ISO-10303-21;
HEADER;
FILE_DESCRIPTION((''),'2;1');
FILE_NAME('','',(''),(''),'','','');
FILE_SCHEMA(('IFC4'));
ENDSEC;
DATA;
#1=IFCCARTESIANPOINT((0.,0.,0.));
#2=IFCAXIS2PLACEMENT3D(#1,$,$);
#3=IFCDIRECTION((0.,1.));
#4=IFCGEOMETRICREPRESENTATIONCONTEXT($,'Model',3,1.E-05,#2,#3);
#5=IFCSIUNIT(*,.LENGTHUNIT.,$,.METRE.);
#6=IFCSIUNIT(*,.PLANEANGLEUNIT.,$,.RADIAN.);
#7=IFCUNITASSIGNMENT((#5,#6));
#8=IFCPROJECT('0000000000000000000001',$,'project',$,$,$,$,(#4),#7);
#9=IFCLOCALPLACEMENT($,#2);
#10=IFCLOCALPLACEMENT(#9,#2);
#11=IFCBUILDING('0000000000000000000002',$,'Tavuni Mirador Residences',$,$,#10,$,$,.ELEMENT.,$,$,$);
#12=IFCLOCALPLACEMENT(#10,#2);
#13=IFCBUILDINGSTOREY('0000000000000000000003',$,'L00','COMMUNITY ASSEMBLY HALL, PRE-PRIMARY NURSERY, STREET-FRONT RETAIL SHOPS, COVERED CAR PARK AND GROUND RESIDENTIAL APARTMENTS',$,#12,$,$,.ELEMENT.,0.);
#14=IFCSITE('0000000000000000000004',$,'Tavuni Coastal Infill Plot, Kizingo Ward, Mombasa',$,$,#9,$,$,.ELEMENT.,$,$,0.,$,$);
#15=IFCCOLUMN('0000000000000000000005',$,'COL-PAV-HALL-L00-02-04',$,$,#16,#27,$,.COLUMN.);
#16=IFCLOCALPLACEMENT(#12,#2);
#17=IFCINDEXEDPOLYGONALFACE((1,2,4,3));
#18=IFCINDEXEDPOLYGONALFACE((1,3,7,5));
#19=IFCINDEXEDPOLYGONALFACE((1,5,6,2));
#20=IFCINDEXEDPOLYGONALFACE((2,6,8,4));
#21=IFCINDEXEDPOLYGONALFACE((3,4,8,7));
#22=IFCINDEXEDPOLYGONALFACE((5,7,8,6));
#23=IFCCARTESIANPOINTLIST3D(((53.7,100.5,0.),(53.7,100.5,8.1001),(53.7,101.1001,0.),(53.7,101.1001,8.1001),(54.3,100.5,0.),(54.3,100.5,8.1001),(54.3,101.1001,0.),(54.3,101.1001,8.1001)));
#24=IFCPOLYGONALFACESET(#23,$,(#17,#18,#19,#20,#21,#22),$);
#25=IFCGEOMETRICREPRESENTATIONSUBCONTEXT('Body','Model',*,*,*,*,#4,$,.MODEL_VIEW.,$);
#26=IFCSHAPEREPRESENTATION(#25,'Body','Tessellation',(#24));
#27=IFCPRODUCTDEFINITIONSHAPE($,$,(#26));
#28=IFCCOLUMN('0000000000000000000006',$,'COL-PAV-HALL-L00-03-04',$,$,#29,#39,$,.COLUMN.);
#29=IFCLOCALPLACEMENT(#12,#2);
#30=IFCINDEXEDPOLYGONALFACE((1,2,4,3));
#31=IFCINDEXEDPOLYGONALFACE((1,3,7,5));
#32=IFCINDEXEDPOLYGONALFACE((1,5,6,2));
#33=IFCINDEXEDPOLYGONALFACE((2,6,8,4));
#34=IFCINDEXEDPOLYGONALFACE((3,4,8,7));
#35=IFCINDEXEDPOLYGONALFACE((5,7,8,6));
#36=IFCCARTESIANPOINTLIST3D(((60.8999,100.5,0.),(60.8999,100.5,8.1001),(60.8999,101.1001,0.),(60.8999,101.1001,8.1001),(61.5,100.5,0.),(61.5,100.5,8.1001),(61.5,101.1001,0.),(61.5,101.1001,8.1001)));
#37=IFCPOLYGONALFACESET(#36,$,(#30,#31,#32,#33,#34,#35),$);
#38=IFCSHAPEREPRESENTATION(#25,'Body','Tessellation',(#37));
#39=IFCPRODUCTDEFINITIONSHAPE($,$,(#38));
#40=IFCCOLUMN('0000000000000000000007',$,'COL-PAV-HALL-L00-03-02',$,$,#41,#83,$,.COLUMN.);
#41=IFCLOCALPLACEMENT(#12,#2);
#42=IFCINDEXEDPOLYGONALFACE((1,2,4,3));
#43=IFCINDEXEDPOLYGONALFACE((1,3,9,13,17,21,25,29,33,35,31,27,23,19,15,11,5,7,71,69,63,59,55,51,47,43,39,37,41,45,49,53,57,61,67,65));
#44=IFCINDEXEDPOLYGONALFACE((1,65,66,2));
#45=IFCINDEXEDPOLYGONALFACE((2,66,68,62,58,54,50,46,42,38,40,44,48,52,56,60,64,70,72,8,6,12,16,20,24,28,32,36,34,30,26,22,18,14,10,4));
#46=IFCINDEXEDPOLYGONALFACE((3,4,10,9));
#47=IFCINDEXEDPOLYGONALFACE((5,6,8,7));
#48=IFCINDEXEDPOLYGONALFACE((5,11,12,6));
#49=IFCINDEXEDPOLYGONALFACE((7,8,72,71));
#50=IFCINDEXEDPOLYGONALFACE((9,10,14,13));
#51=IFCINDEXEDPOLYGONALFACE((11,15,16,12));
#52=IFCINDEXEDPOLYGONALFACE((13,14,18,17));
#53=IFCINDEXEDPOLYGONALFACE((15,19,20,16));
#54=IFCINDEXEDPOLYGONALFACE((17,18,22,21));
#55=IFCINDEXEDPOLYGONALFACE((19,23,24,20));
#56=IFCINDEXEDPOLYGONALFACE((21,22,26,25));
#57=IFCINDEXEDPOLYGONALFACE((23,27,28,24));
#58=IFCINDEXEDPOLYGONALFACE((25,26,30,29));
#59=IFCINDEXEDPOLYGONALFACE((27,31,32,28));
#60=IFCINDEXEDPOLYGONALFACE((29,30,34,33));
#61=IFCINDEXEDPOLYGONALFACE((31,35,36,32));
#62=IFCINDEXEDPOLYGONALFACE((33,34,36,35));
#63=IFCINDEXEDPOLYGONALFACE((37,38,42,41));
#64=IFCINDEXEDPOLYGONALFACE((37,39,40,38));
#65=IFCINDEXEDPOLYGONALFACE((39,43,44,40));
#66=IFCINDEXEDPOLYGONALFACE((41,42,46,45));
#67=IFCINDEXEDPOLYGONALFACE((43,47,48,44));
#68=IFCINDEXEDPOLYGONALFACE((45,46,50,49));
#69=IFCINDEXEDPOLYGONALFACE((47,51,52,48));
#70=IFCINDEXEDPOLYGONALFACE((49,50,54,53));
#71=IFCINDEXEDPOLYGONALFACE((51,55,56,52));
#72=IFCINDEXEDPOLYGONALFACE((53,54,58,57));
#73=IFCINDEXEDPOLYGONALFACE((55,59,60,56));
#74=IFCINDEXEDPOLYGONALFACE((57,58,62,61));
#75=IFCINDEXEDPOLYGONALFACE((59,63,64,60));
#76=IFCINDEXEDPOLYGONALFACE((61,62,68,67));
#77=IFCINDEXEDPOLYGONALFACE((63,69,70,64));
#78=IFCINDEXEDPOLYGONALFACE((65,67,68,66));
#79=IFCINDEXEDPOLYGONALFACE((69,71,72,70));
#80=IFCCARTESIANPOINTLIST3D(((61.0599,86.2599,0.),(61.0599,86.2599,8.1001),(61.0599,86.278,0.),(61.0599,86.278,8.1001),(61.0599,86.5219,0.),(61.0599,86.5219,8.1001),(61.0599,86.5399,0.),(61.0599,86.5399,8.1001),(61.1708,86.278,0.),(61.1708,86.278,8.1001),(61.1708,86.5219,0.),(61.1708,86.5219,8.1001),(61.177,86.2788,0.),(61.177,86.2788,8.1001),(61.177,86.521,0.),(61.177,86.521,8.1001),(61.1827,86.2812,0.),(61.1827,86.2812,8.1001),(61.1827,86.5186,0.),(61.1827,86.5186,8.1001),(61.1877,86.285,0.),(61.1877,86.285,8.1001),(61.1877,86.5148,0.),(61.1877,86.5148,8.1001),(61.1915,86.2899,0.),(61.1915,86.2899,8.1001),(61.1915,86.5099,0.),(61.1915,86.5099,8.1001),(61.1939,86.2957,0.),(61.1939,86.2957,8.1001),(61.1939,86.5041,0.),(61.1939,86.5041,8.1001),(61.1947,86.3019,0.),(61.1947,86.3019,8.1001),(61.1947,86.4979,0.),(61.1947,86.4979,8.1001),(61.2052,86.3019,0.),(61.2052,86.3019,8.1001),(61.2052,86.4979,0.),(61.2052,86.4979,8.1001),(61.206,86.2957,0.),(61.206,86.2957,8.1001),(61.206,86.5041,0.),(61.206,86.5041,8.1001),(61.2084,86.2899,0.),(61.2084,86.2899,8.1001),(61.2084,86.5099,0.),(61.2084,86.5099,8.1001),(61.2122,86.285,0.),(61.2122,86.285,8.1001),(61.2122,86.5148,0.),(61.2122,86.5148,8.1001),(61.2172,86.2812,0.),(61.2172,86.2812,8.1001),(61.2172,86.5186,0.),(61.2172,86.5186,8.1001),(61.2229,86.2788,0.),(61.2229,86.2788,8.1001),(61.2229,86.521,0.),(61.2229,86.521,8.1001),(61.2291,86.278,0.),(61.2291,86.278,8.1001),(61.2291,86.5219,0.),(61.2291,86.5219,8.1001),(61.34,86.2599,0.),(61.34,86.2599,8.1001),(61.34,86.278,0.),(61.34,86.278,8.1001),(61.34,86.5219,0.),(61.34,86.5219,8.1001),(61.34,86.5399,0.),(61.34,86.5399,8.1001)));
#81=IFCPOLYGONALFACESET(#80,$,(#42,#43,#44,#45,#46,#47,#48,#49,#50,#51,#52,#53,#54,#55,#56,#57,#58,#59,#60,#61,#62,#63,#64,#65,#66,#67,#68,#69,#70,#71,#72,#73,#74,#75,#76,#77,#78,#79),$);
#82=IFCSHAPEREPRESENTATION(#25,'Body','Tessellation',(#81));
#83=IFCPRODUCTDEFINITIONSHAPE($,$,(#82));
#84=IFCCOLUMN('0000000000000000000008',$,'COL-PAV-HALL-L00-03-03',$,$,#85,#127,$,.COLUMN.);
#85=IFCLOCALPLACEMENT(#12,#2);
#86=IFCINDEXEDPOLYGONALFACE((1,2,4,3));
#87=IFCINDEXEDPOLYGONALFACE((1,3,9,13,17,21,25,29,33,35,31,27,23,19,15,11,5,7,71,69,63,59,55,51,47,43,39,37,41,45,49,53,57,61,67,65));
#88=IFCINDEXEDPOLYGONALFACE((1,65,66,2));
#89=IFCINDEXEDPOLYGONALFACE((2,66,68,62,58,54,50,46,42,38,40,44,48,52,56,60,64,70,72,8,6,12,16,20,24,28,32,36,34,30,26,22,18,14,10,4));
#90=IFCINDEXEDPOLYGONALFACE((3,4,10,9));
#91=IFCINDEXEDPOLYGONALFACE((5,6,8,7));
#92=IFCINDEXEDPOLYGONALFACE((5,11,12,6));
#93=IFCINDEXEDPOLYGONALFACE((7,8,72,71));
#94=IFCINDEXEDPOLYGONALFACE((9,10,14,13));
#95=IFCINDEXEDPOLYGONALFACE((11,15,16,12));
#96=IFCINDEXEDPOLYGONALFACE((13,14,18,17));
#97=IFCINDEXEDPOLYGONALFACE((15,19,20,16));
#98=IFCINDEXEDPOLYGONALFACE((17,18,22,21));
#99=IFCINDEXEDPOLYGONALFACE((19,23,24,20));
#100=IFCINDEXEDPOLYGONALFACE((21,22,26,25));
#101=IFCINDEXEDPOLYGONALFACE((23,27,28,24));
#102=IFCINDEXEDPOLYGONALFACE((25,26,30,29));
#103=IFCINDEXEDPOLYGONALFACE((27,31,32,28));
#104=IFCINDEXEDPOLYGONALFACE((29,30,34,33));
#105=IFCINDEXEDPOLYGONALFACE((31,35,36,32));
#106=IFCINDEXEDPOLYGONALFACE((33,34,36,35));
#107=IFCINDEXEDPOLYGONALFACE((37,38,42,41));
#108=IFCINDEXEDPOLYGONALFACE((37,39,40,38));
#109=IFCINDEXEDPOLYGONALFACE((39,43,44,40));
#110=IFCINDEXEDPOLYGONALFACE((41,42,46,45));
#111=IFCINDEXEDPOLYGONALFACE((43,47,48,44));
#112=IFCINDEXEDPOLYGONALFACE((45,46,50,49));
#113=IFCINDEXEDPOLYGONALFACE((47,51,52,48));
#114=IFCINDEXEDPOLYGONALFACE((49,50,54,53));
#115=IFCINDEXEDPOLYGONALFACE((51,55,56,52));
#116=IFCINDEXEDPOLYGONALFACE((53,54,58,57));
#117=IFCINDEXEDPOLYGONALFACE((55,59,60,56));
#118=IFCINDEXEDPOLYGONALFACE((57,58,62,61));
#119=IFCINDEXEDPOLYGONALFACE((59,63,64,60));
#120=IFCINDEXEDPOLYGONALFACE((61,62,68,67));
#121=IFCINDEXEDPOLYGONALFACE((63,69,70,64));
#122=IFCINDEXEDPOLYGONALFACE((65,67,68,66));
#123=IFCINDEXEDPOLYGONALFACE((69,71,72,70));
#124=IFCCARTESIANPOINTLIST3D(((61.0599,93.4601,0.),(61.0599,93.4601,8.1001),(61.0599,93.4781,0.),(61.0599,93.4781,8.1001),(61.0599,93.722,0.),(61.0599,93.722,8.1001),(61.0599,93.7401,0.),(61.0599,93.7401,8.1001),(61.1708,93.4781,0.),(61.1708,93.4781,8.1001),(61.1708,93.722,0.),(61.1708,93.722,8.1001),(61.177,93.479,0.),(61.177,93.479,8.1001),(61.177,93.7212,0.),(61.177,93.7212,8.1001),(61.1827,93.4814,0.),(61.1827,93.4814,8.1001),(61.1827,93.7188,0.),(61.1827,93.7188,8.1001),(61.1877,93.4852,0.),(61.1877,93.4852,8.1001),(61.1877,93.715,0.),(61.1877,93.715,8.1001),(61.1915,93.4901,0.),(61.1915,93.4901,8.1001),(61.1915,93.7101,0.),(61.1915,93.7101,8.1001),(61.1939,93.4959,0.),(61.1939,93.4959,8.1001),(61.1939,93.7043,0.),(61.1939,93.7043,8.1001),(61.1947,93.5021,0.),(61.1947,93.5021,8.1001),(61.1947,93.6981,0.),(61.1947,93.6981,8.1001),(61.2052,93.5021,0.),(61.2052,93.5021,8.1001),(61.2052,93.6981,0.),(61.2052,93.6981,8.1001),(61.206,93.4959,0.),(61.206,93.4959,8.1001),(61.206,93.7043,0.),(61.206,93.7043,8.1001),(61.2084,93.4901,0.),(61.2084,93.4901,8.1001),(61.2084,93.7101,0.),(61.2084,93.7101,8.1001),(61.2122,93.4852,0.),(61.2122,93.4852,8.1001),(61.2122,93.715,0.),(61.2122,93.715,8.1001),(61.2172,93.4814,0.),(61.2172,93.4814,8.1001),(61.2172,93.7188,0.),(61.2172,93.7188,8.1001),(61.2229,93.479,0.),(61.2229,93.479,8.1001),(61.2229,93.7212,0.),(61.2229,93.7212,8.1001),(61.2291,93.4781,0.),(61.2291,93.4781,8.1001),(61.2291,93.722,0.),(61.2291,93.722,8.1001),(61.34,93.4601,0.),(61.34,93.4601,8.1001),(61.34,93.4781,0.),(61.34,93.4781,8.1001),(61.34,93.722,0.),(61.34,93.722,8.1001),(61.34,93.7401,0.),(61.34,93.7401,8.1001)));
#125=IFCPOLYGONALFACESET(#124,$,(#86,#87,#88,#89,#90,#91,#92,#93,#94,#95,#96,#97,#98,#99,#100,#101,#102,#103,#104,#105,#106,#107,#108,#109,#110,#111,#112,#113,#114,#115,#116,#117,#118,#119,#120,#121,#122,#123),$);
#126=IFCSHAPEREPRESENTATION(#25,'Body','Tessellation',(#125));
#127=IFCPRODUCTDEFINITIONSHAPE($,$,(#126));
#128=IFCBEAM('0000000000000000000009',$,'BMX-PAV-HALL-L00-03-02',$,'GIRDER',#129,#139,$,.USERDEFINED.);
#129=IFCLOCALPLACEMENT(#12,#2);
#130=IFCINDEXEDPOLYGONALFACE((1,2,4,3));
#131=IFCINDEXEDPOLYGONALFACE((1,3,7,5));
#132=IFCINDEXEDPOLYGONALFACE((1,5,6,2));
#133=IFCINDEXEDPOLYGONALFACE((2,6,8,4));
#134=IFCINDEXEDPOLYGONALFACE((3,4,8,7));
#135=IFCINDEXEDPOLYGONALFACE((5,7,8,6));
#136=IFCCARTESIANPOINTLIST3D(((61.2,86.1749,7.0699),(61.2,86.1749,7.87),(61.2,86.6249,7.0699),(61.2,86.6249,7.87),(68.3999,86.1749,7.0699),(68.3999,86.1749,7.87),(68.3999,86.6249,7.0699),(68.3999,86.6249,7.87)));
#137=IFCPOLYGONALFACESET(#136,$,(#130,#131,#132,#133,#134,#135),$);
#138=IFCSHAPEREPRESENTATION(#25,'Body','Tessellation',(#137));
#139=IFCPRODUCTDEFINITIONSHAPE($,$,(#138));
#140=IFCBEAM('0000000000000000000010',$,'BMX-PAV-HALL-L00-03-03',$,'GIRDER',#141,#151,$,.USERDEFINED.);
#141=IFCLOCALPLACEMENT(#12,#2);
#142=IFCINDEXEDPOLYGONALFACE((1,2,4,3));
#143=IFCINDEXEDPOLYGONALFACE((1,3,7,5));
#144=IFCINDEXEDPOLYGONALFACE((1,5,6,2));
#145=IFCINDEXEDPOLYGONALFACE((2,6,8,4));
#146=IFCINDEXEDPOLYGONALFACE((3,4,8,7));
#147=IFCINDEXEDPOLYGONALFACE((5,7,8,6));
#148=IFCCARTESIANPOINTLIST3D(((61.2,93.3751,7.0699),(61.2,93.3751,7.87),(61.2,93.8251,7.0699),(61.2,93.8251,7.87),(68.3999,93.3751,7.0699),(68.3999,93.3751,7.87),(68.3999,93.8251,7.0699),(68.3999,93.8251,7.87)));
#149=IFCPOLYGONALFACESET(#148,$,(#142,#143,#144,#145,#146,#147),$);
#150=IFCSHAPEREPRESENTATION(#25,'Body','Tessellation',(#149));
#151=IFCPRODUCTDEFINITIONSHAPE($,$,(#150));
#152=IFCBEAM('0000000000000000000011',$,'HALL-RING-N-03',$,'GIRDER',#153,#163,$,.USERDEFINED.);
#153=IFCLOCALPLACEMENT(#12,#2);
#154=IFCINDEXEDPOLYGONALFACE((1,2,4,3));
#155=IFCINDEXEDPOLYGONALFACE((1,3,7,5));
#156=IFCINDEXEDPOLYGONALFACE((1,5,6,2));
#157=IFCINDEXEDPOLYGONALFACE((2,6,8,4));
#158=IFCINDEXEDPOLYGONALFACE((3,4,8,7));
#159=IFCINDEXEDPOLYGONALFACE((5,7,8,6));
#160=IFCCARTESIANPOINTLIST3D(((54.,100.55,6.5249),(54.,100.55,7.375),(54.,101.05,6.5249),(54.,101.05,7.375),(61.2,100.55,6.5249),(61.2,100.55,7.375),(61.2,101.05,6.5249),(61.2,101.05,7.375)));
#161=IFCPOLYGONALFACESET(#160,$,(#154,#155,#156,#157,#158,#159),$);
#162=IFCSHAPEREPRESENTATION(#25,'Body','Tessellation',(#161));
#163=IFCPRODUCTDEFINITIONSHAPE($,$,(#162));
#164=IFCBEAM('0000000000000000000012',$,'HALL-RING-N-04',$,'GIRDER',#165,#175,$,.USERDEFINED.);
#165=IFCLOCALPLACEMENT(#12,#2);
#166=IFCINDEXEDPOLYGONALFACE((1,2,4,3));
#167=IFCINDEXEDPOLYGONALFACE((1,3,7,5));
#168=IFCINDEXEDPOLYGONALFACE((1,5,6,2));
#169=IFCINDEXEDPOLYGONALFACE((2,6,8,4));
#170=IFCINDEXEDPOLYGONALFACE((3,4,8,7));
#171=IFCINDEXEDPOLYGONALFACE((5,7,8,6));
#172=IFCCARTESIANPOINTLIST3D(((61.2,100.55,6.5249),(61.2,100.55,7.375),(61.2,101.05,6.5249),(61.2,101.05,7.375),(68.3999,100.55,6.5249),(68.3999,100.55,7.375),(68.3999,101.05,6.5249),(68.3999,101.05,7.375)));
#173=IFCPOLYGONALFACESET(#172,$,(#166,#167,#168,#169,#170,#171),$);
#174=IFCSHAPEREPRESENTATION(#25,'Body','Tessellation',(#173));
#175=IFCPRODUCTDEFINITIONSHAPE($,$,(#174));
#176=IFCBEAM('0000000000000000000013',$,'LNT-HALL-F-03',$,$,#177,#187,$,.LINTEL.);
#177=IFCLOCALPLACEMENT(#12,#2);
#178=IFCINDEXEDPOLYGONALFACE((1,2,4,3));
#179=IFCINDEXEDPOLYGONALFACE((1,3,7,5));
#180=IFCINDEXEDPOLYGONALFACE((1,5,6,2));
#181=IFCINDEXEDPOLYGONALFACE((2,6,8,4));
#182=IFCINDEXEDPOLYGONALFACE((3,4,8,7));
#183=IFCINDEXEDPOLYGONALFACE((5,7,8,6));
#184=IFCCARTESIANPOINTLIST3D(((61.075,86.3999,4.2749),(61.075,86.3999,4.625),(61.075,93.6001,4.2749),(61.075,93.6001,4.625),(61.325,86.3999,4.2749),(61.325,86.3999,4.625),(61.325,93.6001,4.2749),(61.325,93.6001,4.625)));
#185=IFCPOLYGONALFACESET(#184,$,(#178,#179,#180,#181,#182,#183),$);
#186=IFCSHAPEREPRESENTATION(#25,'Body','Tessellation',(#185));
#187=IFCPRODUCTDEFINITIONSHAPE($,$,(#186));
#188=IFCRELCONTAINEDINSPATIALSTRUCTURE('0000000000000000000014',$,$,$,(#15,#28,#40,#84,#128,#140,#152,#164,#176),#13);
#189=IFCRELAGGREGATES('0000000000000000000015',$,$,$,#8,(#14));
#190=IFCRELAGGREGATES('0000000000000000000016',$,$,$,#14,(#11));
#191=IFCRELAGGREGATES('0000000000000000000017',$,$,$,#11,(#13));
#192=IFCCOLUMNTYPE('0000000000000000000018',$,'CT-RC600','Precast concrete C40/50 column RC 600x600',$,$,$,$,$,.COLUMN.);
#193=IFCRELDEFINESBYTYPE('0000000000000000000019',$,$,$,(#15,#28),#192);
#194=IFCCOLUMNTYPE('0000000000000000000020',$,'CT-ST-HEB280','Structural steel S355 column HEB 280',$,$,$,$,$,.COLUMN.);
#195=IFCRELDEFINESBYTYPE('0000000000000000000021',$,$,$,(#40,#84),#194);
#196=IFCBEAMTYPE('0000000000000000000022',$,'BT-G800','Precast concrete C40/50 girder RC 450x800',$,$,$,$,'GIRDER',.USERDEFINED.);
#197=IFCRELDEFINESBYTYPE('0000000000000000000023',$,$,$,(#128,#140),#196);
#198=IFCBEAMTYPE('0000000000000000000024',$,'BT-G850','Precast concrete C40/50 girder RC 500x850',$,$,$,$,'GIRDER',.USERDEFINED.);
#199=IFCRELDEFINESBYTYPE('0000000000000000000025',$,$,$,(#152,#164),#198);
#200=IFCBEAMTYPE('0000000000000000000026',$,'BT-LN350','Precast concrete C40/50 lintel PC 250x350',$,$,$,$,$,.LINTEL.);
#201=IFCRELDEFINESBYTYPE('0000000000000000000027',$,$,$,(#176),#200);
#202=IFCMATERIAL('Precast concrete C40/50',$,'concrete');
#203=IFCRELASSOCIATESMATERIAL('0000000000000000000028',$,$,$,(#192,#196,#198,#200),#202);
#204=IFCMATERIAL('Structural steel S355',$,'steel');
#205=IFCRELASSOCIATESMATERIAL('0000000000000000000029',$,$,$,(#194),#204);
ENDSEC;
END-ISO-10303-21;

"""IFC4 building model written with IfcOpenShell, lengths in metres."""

from ifc_helpers import new_model, si_unit, direction, frame, origin, origin_2d, place, context, subcontext, project, spatial, rectangle, i_section, extrude, material, material_profile, profile_set, type_object, element, save


model = new_model("IFC4")

# Units and contexts
model_context = context("Model", 3, precision=1e-05, world=origin(), true_north=direction((0.0, 1.0)))
body_context = subcontext(model_context, "Body", "Model", "MODEL_VIEW")
ifc_project = project(units=[si_unit("LENGTHUNIT", "METRE"), si_unit("PLANEANGLEUNIT", "RADIAN")], contexts=[model_context])

# Site, building, storey
site_placement = place(None, origin())
site = spatial("IfcSite", under=ifc_project, at=site_placement, Name="Tavuni Coastal Infill Plot, Kizingo Ward, Mombasa", CompositionType="ELEMENT", RefElevation=0.0)
building_placement = place(site_placement, origin())
building = spatial("IfcBuilding", under=site, at=building_placement, Name="Tavuni Mirador Residences", CompositionType="ELEMENT")
storey_placement = place(building_placement, origin())
storey = spatial("IfcBuildingStorey", under=building, at=storey_placement, Name="L00", Description="COMMUNITY ASSEMBLY HALL, PRE-PRIMARY NURSERY, STREET-FRONT RETAIL SHOPS, COVERED CAR PARK AND GROUND RESIDENTIAL APARTMENTS", CompositionType="ELEMENT", Elevation=0.0)

# Columns
ifc_material_1 = material(Name="Precast concrete C40/50", Category="concrete")
ifc_material_profile_1 = material_profile(ifc_material_1, rectangle(XDim=0.6001, YDim=0.6001, at=origin_2d()), Name="RC 600x600", Category="concrete")
ifc_profile_set_1 = profile_set([ifc_material_profile_1], Name="Precast concrete C40/50")
column_type_1 = type_object("IfcColumnType", Name="CT-RC600", Description="Precast concrete C40/50 column RC 600x600", PredefinedType="COLUMN", material=ifc_profile_set_1)
for number, where, z_axis, x_axis, name in (
    (1, (54.0, 100.8, 0.0), (0.0, 0.0, 1.0), (1.0, 0.0, 0.0), "COL-PAV-HALL-L00-02-04"),
    (2, (61.2, 100.8, 0.0), (0.0, 0.0, 1.0), (1.0, 0.0, 0.0), "COL-PAV-HALL-L00-03-04"),
):
    element("IfcColumn", number, at=place(storey_placement, frame(where, z_axis=z_axis, x_axis=x_axis)), inside=storey, type_object=column_type_1, Name=name, PredefinedType="COLUMN", context=body_context, shape_type="SweptSolid", body=[
        extrude(rectangle(XDim=0.6001, YDim=0.6001, at=origin_2d()), origin(), (0.0, 0.0, 1.0), 8.1001),
    ])
ifc_material_2 = material(Name="Structural steel S355", Category="steel")
ifc_material_profile_2 = material_profile(ifc_material_2, i_section(OverallWidth=0.28, OverallDepth=0.28, WebThickness=0.0105, FlangeThickness=0.0181, FilletRadius=0.0239, at=origin_2d()), Name="HEB 280", Category="steel")
ifc_profile_set_2 = profile_set([ifc_material_profile_2], Name="Structural steel S355")
column_type_2 = type_object("IfcColumnType", Name="CT-ST-HEB280", Description="Structural steel S355 column HEB 280", PredefinedType="COLUMN", material=ifc_profile_set_2)
for number, where, z_axis, x_axis, name in (
    (3, (61.2, 86.3999, 0.0), (0.0, 0.0, 1.0), (1.0, 0.0, 0.0), "COL-PAV-HALL-L00-03-02"),
    (4, (61.2, 93.6001, 0.0), (0.0, 0.0, 1.0), (1.0, 0.0, 0.0), "COL-PAV-HALL-L00-03-03"),
):
    element("IfcColumn", number, at=place(storey_placement, frame(where, z_axis=z_axis, x_axis=x_axis)), inside=storey, type_object=column_type_2, Name=name, PredefinedType="COLUMN", context=body_context, shape_type="SweptSolid", body=[
        extrude(i_section(OverallWidth=0.28, OverallDepth=0.28, WebThickness=0.0105, FlangeThickness=0.0181, FilletRadius=0.0239, at=origin_2d()), origin(), (0.0, 0.0, 1.0), 8.1001),
    ])

# Beams
ifc_material_profile_3 = material_profile(ifc_material_1, rectangle(XDim=0.45, YDim=0.8, at=origin_2d()), Name="RC 450x800", Category="concrete")
ifc_profile_set_3 = profile_set([ifc_material_profile_3], Name="Precast concrete C40/50")
beam_type_1 = type_object("IfcBeamType", Name="BT-G800", Description="Precast concrete C40/50 girder RC 450x800", ElementType="GIRDER", PredefinedType="USERDEFINED", material=ifc_profile_set_3)
for number, where, z_axis, x_axis, name in (
    (5, (61.2, 86.3999, 7.47), (1.0, 0.0, 0.0), (0.0, 1.0, 0.0), "BMX-PAV-HALL-L00-03-02"),
    (6, (61.2, 93.6001, 7.47), (1.0, 0.0, 0.0), (0.0, 1.0, 0.0), "BMX-PAV-HALL-L00-03-03"),
):
    element("IfcBeam", number, at=place(storey_placement, frame(where, z_axis=z_axis, x_axis=x_axis)), inside=storey, type_object=beam_type_1, Name=name, ObjectType="GIRDER", PredefinedType="USERDEFINED", context=body_context, shape_type="SweptSolid", body=[
        extrude(rectangle(XDim=0.45, YDim=0.8, at=origin_2d()), origin(), (0.0, 0.0, 1.0), 7.2),
    ])
ifc_material_profile_4 = material_profile(ifc_material_1, rectangle(XDim=0.5, YDim=0.8501, at=origin_2d()), Name="RC 500x850", Category="concrete")
ifc_profile_set_4 = profile_set([ifc_material_profile_4], Name="Precast concrete C40/50")
beam_type_2 = type_object("IfcBeamType", Name="BT-G850", Description="Precast concrete C40/50 girder RC 500x850", ElementType="GIRDER", PredefinedType="USERDEFINED", material=ifc_profile_set_4)
for number, where, z_axis, x_axis, name in (
    (7, (54.0, 100.8, 6.95), (1.0, 0.0, 0.0), (0.0, 1.0, 0.0), "HALL-RING-N-03"),
    (8, (61.2, 100.8, 6.95), (1.0, 0.0, 0.0), (0.0, 1.0, 0.0), "HALL-RING-N-04"),
):
    element("IfcBeam", number, at=place(storey_placement, frame(where, z_axis=z_axis, x_axis=x_axis)), inside=storey, type_object=beam_type_2, Name=name, ObjectType="GIRDER", PredefinedType="USERDEFINED", context=body_context, shape_type="SweptSolid", body=[
        extrude(rectangle(XDim=0.5, YDim=0.8501, at=origin_2d()), origin(), (0.0, 0.0, 1.0), 7.2),
    ])
ifc_material_profile_5 = material_profile(ifc_material_1, rectangle(XDim=0.25, YDim=0.3501, at=origin_2d()), Name="PC 250x350", Category="concrete")
ifc_profile_set_5 = profile_set([ifc_material_profile_5], Name="Precast concrete C40/50")
beam_type_3 = type_object("IfcBeamType", Name="BT-LN350", Description="Precast concrete C40/50 lintel PC 250x350", PredefinedType="LINTEL", material=ifc_profile_set_5)
beam_1_placement = place(storey_placement, frame((61.2, 86.3999, 4.45), z_axis=(0.0, 1.0, 0.0), x_axis=(-1.0, 0.0, 0.0)))
element("IfcBeam", 9, at=beam_1_placement, inside=storey, type_object=beam_type_3, Name="LNT-HALL-F-03", PredefinedType="LINTEL", context=body_context, shape_type="SweptSolid", body=[
    extrude(rectangle(XDim=0.25, YDim=0.3501, at=origin_2d()), origin(), (0.0, 0.0, 1.0), 7.2002),
])

save(model, "model.ifc")
